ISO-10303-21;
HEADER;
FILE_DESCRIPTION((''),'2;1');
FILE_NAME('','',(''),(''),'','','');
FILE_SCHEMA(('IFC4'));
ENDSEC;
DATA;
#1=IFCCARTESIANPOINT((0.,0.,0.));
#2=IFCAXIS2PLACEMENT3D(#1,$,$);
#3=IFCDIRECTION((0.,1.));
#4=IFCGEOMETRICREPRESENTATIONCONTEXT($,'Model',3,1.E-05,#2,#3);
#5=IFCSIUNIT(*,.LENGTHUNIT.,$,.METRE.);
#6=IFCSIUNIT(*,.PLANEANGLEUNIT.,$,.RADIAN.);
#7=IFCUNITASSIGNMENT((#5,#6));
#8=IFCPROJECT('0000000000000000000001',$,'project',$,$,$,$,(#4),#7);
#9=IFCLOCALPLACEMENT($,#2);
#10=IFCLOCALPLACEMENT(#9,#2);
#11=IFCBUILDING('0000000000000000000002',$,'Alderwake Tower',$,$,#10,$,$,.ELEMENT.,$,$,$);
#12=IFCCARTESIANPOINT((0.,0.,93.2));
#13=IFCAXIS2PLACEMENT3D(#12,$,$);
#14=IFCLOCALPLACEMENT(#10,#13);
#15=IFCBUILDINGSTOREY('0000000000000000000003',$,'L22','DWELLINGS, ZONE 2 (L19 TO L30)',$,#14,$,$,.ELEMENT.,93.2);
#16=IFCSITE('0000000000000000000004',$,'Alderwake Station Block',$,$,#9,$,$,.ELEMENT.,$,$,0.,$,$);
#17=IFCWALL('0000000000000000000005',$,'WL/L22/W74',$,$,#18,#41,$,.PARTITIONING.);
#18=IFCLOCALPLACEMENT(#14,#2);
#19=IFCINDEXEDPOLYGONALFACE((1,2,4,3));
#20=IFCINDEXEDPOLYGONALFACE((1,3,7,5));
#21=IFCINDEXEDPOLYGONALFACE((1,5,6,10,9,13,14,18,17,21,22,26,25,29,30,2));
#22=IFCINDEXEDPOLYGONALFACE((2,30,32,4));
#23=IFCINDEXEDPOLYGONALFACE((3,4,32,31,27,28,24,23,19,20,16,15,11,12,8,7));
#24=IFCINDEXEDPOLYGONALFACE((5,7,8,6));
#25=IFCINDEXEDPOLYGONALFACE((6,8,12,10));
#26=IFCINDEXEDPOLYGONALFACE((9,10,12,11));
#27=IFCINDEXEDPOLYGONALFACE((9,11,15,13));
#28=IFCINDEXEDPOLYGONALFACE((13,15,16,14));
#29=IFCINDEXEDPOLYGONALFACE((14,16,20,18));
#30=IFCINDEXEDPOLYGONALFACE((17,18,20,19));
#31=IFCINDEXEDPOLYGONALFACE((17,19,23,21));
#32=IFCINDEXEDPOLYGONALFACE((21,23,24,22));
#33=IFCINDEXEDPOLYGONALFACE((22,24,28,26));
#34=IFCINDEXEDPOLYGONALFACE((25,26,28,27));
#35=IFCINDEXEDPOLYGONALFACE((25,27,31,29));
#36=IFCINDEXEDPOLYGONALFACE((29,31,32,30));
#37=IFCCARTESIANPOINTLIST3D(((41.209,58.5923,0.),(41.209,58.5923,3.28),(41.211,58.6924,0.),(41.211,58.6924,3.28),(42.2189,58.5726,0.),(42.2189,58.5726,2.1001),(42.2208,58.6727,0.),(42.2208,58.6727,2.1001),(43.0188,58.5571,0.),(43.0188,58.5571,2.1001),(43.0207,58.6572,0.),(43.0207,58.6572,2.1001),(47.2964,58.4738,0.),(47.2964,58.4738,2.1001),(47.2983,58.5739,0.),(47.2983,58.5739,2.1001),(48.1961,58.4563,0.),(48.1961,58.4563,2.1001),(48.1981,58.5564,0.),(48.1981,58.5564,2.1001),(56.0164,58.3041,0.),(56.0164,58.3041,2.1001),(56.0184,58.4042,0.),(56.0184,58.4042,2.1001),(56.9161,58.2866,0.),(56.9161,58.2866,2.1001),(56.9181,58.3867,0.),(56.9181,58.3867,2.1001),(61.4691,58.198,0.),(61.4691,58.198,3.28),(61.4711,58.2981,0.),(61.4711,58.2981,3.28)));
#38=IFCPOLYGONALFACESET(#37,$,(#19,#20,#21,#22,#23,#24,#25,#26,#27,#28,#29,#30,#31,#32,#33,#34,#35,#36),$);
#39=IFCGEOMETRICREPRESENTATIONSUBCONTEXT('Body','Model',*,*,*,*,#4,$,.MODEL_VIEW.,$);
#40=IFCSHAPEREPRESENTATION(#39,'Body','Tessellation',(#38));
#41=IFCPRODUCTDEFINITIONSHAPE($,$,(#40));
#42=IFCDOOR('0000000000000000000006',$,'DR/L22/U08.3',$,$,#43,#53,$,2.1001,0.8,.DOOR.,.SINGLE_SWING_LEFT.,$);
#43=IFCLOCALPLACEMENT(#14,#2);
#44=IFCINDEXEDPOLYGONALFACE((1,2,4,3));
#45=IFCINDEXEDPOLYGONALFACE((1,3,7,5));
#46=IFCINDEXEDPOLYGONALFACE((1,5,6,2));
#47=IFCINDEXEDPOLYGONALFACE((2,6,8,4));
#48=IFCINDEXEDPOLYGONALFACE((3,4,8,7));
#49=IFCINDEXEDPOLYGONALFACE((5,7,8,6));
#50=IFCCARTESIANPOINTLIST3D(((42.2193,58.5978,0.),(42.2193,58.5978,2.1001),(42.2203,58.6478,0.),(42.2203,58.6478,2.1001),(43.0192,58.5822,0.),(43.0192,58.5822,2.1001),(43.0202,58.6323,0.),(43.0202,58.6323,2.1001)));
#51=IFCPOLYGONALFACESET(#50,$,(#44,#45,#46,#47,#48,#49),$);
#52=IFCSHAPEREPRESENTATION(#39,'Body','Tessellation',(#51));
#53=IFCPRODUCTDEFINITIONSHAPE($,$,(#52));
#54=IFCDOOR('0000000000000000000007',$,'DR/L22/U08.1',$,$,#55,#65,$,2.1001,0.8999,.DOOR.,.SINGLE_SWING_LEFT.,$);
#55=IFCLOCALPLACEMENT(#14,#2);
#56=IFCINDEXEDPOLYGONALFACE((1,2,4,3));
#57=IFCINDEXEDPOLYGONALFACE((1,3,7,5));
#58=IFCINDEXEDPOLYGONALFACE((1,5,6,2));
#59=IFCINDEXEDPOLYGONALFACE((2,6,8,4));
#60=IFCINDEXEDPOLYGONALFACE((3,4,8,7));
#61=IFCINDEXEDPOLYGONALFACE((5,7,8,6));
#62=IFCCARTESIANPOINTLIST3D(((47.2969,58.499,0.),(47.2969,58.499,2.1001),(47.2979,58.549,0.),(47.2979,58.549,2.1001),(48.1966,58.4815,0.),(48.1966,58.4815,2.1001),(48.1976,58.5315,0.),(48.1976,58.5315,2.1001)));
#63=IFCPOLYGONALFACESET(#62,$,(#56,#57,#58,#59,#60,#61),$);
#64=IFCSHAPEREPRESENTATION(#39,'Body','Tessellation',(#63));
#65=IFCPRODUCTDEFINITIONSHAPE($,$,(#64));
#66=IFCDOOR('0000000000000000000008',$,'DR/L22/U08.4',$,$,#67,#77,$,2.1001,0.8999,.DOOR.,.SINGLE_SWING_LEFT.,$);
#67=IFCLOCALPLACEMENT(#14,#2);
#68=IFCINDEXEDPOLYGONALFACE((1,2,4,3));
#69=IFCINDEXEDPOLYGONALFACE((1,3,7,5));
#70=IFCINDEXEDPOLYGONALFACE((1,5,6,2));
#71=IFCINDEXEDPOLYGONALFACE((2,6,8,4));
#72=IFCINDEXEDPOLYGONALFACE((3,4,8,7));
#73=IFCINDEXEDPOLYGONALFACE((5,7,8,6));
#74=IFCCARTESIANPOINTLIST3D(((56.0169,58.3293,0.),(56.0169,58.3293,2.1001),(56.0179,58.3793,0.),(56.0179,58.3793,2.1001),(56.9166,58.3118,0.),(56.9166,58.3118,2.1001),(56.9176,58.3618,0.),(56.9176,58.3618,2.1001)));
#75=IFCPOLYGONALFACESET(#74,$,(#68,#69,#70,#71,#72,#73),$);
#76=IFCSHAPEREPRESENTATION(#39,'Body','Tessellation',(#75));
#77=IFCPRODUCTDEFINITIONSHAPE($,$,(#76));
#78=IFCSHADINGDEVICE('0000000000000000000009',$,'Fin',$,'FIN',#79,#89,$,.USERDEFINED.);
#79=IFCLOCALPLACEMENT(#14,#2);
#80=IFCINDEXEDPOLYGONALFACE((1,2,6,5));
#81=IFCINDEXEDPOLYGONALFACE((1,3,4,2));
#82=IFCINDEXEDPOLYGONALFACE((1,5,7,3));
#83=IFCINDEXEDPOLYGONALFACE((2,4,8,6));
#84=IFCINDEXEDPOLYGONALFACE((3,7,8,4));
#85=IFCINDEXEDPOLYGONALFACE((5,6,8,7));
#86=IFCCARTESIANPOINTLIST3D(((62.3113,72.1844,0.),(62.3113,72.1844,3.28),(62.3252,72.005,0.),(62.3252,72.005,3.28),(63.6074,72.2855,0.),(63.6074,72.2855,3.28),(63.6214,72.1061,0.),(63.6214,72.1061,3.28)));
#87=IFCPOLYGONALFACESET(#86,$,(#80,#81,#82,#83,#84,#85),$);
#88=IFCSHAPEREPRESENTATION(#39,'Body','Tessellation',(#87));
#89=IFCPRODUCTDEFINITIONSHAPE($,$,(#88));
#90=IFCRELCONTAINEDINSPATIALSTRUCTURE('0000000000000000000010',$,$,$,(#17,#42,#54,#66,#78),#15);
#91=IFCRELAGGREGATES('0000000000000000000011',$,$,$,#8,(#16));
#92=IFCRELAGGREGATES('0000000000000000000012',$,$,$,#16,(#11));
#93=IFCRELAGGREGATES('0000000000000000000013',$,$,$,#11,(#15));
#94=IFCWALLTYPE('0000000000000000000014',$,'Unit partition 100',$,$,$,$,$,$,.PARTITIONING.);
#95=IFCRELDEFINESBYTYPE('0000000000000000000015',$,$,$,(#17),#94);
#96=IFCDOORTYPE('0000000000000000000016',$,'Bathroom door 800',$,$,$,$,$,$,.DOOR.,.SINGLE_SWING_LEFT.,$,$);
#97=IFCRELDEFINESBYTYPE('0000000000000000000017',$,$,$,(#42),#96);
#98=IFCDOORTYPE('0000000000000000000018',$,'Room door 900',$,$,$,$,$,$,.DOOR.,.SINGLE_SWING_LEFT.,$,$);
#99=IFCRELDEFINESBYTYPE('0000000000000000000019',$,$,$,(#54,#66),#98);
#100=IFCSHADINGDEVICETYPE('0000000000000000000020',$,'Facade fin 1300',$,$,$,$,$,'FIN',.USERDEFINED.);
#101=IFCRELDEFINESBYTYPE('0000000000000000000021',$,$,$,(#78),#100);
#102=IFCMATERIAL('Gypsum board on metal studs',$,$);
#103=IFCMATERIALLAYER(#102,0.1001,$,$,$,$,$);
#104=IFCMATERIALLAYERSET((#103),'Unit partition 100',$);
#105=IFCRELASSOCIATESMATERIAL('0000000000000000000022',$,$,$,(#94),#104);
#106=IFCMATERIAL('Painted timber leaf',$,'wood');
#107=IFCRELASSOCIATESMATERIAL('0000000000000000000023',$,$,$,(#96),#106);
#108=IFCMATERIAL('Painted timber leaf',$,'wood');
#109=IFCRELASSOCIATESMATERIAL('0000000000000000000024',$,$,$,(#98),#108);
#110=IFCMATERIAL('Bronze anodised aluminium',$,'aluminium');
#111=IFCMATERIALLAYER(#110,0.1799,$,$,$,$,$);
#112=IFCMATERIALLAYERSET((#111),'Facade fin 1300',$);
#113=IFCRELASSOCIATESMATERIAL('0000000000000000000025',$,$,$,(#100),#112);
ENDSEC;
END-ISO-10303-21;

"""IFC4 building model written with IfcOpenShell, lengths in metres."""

from ifc_helpers import new_model, si_unit, direction, frame, frame_2d, origin, origin_2d, place, context, subcontext, project, spatial, rectangle, extrude, material, layer, layer_set, type_object, element, fill, save


model = new_model("IFC4")

# Units and contexts
model_context = context("Model", 3, precision=1e-05, world=origin(), true_north=direction((0.0, 1.0)))
body_context = subcontext(model_context, "Body", "Model", "MODEL_VIEW")
ifc_project = project(units=[si_unit("LENGTHUNIT", "METRE"), si_unit("PLANEANGLEUNIT", "RADIAN")], contexts=[model_context])

# Site, building, storey
site_placement = place(None, origin())
site = spatial("IfcSite", under=ifc_project, at=site_placement, Name="Alderwake Station Block", CompositionType="ELEMENT", RefElevation=0.0)
building_placement = place(site_placement, origin())
building = spatial("IfcBuilding", under=site, at=building_placement, Name="Alderwake Tower", CompositionType="ELEMENT")
storey_placement = place(building_placement, frame((0.0, 0.0, 93.2)))
storey = spatial("IfcBuildingStorey", under=building, at=storey_placement, Name="L22", Description="DWELLINGS, ZONE 2 (L19 TO L30)", CompositionType="ELEMENT", Elevation=93.2)

# Wall, openings, doors
ifc_material_1 = material(Name="Gypsum board on metal studs")
ifc_layer_1 = layer(ifc_material_1, 0.1001)
ifc_layer_set_1 = layer_set([ifc_layer_1], Name="Unit partition 100")
wall_type_1 = type_object("IfcWallType", Name="Unit partition 100", PredefinedType="PARTITIONING", material=ifc_layer_set_1)
wall_1_placement = place(storey_placement, frame((61.47, 58.248, 0.0), z_axis=(0.0, 0.0, 1.0), x_axis=(-0.999811, 0.019458, 0.0)))
wall_1 = element("IfcWall", 1, at=wall_1_placement, inside=storey, type_object=wall_type_1, Name="WL/L22/W74", PredefinedType="PARTITIONING", context=body_context, shape_type="SweptSolid", body=[
    extrude(rectangle(XDim=20.2639, YDim=0.1001, at=frame_2d((10.1318, 0.0))), origin(), (0.0, 0.0, 1.0), 3.28),
])
opening_1_placement = place(wall_1_placement, frame((13.2754, 0.0, 0.0)))
opening_1 = element("IfcOpeningElement", 2, at=opening_1_placement, cuts=wall_1, PredefinedType="OPENING", context=body_context, shape_type="SweptSolid", body=[
    extrude(rectangle(XDim=0.8999, YDim=2.1001, at=frame_2d((0.45, 1.05))), frame((0.0, 0.0601, 0.0), z_axis=(0.0, -1.0, 0.0), x_axis=(1.0, 0.0, 0.0)), (0.0, 0.0, 1.0), 0.1201),
])
opening_2_placement = place(wall_1_placement, frame((18.4539, 0.0, 0.0)))
opening_2 = element("IfcOpeningElement", 3, at=opening_2_placement, cuts=wall_1, PredefinedType="OPENING", context=body_context, shape_type="SweptSolid", body=[
    extrude(rectangle(XDim=0.8, YDim=2.1001, at=frame_2d((0.3999, 1.05))), frame((0.0, 0.0601, 0.0), z_axis=(0.0, -1.0, 0.0), x_axis=(1.0, 0.0, 0.0)), (0.0, 0.0, 1.0), 0.1201),
])
opening_3_placement = place(wall_1_placement, frame((4.5537, 0.0, 0.0)))
opening_3 = element("IfcOpeningElement", 4, at=opening_3_placement, cuts=wall_1, PredefinedType="OPENING", context=body_context, shape_type="SweptSolid", body=[
    extrude(rectangle(XDim=0.8999, YDim=2.1001, at=frame_2d((0.45, 1.05))), frame((0.0, 0.0601, 0.0), z_axis=(0.0, -1.0, 0.0), x_axis=(1.0, 0.0, 0.0)), (0.0, 0.0, 1.0), 0.1201),
])
ifc_material_2 = material(Name="Painted timber leaf", Category="wood")
door_type_1 = type_object("IfcDoorType", Name="Bathroom door 800", OperationType="SINGLE_SWING_LEFT", PredefinedType="DOOR", material=ifc_material_2)
door_1_placement = place(opening_2_placement, origin())
door_1 = element("IfcDoor", 5, at=door_1_placement, inside=storey, type_object=door_type_1, Name="DR/L22/U08.3", OperationType="SINGLE_SWING_LEFT", OverallHeight=2.1001, OverallWidth=0.8, PredefinedType="DOOR", context=body_context, shape_type="SweptSolid", body=[
    extrude(rectangle(XDim=0.8, YDim=2.1001, at=frame_2d((0.3999, 1.05))), frame((0.0, 0.0249, 0.0), z_axis=(0.0, -1.0, 0.0), x_axis=(1.0, 0.0, 0.0)), (0.0, 0.0, 1.0), 0.05),
])
fill(opening_2, door_1)
ifc_material_3 = material(Name="Painted timber leaf", Category="wood")
door_type_2 = type_object("IfcDoorType", Name="Room door 900", OperationType="SINGLE_SWING_LEFT", PredefinedType="DOOR", material=ifc_material_3)
door_2_placement = place(opening_1_placement, origin())
door_2 = element("IfcDoor", 6, at=door_2_placement, inside=storey, type_object=door_type_2, Name="DR/L22/U08.1", OperationType="SINGLE_SWING_LEFT", OverallHeight=2.1001, OverallWidth=0.8999, PredefinedType="DOOR", context=body_context, shape_type="SweptSolid", body=[
    extrude(rectangle(XDim=0.8999, YDim=2.1001, at=frame_2d((0.45, 1.05))), frame((0.0, 0.0249, 0.0), z_axis=(0.0, -1.0, 0.0), x_axis=(1.0, 0.0, 0.0)), (0.0, 0.0, 1.0), 0.05),
])
fill(opening_1, door_2)
door_3_placement = place(opening_3_placement, origin())
door_3 = element("IfcDoor", 7, at=door_3_placement, inside=storey, type_object=door_type_2, Name="DR/L22/U08.4", OperationType="SINGLE_SWING_LEFT", OverallHeight=2.1001, OverallWidth=0.8999, PredefinedType="DOOR", context=body_context, shape_type="SweptSolid", body=[
    extrude(rectangle(XDim=0.8999, YDim=2.1001, at=frame_2d((0.45, 1.05))), frame((0.0, 0.0249, 0.0), z_axis=(0.0, -1.0, 0.0), x_axis=(1.0, 0.0, 0.0)), (0.0, 0.0, 1.0), 0.05),
])
fill(opening_3, door_3)

# Shading device
ifc_material_4 = material(Name="Bronze anodised aluminium", Category="aluminium")
ifc_layer_2 = layer(ifc_material_4, 0.1799)
ifc_layer_set_2 = layer_set([ifc_layer_2], Name="Facade fin 1300")
shading_device_type = type_object("IfcShadingDeviceType", Name="Facade fin 1300", ElementType="FIN", PredefinedType="USERDEFINED", material=ifc_layer_set_2)
shading_device_placement = place(storey_placement, frame((62.9663, 72.1453, 0.0), z_axis=(0.0, 0.0, 1.0), x_axis=(0.996975, 0.077721, 0.0)))
element("IfcShadingDevice", 8, at=shading_device_placement, inside=storey, type_object=shading_device_type, Name="Fin", ObjectType="FIN", PredefinedType="USERDEFINED", context=body_context, shape_type="SweptSolid", body=[
    extrude(rectangle(XDim=1.3, YDim=0.1799, at=origin_2d()), origin(), (0.0, 0.0, 1.0), 3.28),
])

save(model, "model.ifc")
